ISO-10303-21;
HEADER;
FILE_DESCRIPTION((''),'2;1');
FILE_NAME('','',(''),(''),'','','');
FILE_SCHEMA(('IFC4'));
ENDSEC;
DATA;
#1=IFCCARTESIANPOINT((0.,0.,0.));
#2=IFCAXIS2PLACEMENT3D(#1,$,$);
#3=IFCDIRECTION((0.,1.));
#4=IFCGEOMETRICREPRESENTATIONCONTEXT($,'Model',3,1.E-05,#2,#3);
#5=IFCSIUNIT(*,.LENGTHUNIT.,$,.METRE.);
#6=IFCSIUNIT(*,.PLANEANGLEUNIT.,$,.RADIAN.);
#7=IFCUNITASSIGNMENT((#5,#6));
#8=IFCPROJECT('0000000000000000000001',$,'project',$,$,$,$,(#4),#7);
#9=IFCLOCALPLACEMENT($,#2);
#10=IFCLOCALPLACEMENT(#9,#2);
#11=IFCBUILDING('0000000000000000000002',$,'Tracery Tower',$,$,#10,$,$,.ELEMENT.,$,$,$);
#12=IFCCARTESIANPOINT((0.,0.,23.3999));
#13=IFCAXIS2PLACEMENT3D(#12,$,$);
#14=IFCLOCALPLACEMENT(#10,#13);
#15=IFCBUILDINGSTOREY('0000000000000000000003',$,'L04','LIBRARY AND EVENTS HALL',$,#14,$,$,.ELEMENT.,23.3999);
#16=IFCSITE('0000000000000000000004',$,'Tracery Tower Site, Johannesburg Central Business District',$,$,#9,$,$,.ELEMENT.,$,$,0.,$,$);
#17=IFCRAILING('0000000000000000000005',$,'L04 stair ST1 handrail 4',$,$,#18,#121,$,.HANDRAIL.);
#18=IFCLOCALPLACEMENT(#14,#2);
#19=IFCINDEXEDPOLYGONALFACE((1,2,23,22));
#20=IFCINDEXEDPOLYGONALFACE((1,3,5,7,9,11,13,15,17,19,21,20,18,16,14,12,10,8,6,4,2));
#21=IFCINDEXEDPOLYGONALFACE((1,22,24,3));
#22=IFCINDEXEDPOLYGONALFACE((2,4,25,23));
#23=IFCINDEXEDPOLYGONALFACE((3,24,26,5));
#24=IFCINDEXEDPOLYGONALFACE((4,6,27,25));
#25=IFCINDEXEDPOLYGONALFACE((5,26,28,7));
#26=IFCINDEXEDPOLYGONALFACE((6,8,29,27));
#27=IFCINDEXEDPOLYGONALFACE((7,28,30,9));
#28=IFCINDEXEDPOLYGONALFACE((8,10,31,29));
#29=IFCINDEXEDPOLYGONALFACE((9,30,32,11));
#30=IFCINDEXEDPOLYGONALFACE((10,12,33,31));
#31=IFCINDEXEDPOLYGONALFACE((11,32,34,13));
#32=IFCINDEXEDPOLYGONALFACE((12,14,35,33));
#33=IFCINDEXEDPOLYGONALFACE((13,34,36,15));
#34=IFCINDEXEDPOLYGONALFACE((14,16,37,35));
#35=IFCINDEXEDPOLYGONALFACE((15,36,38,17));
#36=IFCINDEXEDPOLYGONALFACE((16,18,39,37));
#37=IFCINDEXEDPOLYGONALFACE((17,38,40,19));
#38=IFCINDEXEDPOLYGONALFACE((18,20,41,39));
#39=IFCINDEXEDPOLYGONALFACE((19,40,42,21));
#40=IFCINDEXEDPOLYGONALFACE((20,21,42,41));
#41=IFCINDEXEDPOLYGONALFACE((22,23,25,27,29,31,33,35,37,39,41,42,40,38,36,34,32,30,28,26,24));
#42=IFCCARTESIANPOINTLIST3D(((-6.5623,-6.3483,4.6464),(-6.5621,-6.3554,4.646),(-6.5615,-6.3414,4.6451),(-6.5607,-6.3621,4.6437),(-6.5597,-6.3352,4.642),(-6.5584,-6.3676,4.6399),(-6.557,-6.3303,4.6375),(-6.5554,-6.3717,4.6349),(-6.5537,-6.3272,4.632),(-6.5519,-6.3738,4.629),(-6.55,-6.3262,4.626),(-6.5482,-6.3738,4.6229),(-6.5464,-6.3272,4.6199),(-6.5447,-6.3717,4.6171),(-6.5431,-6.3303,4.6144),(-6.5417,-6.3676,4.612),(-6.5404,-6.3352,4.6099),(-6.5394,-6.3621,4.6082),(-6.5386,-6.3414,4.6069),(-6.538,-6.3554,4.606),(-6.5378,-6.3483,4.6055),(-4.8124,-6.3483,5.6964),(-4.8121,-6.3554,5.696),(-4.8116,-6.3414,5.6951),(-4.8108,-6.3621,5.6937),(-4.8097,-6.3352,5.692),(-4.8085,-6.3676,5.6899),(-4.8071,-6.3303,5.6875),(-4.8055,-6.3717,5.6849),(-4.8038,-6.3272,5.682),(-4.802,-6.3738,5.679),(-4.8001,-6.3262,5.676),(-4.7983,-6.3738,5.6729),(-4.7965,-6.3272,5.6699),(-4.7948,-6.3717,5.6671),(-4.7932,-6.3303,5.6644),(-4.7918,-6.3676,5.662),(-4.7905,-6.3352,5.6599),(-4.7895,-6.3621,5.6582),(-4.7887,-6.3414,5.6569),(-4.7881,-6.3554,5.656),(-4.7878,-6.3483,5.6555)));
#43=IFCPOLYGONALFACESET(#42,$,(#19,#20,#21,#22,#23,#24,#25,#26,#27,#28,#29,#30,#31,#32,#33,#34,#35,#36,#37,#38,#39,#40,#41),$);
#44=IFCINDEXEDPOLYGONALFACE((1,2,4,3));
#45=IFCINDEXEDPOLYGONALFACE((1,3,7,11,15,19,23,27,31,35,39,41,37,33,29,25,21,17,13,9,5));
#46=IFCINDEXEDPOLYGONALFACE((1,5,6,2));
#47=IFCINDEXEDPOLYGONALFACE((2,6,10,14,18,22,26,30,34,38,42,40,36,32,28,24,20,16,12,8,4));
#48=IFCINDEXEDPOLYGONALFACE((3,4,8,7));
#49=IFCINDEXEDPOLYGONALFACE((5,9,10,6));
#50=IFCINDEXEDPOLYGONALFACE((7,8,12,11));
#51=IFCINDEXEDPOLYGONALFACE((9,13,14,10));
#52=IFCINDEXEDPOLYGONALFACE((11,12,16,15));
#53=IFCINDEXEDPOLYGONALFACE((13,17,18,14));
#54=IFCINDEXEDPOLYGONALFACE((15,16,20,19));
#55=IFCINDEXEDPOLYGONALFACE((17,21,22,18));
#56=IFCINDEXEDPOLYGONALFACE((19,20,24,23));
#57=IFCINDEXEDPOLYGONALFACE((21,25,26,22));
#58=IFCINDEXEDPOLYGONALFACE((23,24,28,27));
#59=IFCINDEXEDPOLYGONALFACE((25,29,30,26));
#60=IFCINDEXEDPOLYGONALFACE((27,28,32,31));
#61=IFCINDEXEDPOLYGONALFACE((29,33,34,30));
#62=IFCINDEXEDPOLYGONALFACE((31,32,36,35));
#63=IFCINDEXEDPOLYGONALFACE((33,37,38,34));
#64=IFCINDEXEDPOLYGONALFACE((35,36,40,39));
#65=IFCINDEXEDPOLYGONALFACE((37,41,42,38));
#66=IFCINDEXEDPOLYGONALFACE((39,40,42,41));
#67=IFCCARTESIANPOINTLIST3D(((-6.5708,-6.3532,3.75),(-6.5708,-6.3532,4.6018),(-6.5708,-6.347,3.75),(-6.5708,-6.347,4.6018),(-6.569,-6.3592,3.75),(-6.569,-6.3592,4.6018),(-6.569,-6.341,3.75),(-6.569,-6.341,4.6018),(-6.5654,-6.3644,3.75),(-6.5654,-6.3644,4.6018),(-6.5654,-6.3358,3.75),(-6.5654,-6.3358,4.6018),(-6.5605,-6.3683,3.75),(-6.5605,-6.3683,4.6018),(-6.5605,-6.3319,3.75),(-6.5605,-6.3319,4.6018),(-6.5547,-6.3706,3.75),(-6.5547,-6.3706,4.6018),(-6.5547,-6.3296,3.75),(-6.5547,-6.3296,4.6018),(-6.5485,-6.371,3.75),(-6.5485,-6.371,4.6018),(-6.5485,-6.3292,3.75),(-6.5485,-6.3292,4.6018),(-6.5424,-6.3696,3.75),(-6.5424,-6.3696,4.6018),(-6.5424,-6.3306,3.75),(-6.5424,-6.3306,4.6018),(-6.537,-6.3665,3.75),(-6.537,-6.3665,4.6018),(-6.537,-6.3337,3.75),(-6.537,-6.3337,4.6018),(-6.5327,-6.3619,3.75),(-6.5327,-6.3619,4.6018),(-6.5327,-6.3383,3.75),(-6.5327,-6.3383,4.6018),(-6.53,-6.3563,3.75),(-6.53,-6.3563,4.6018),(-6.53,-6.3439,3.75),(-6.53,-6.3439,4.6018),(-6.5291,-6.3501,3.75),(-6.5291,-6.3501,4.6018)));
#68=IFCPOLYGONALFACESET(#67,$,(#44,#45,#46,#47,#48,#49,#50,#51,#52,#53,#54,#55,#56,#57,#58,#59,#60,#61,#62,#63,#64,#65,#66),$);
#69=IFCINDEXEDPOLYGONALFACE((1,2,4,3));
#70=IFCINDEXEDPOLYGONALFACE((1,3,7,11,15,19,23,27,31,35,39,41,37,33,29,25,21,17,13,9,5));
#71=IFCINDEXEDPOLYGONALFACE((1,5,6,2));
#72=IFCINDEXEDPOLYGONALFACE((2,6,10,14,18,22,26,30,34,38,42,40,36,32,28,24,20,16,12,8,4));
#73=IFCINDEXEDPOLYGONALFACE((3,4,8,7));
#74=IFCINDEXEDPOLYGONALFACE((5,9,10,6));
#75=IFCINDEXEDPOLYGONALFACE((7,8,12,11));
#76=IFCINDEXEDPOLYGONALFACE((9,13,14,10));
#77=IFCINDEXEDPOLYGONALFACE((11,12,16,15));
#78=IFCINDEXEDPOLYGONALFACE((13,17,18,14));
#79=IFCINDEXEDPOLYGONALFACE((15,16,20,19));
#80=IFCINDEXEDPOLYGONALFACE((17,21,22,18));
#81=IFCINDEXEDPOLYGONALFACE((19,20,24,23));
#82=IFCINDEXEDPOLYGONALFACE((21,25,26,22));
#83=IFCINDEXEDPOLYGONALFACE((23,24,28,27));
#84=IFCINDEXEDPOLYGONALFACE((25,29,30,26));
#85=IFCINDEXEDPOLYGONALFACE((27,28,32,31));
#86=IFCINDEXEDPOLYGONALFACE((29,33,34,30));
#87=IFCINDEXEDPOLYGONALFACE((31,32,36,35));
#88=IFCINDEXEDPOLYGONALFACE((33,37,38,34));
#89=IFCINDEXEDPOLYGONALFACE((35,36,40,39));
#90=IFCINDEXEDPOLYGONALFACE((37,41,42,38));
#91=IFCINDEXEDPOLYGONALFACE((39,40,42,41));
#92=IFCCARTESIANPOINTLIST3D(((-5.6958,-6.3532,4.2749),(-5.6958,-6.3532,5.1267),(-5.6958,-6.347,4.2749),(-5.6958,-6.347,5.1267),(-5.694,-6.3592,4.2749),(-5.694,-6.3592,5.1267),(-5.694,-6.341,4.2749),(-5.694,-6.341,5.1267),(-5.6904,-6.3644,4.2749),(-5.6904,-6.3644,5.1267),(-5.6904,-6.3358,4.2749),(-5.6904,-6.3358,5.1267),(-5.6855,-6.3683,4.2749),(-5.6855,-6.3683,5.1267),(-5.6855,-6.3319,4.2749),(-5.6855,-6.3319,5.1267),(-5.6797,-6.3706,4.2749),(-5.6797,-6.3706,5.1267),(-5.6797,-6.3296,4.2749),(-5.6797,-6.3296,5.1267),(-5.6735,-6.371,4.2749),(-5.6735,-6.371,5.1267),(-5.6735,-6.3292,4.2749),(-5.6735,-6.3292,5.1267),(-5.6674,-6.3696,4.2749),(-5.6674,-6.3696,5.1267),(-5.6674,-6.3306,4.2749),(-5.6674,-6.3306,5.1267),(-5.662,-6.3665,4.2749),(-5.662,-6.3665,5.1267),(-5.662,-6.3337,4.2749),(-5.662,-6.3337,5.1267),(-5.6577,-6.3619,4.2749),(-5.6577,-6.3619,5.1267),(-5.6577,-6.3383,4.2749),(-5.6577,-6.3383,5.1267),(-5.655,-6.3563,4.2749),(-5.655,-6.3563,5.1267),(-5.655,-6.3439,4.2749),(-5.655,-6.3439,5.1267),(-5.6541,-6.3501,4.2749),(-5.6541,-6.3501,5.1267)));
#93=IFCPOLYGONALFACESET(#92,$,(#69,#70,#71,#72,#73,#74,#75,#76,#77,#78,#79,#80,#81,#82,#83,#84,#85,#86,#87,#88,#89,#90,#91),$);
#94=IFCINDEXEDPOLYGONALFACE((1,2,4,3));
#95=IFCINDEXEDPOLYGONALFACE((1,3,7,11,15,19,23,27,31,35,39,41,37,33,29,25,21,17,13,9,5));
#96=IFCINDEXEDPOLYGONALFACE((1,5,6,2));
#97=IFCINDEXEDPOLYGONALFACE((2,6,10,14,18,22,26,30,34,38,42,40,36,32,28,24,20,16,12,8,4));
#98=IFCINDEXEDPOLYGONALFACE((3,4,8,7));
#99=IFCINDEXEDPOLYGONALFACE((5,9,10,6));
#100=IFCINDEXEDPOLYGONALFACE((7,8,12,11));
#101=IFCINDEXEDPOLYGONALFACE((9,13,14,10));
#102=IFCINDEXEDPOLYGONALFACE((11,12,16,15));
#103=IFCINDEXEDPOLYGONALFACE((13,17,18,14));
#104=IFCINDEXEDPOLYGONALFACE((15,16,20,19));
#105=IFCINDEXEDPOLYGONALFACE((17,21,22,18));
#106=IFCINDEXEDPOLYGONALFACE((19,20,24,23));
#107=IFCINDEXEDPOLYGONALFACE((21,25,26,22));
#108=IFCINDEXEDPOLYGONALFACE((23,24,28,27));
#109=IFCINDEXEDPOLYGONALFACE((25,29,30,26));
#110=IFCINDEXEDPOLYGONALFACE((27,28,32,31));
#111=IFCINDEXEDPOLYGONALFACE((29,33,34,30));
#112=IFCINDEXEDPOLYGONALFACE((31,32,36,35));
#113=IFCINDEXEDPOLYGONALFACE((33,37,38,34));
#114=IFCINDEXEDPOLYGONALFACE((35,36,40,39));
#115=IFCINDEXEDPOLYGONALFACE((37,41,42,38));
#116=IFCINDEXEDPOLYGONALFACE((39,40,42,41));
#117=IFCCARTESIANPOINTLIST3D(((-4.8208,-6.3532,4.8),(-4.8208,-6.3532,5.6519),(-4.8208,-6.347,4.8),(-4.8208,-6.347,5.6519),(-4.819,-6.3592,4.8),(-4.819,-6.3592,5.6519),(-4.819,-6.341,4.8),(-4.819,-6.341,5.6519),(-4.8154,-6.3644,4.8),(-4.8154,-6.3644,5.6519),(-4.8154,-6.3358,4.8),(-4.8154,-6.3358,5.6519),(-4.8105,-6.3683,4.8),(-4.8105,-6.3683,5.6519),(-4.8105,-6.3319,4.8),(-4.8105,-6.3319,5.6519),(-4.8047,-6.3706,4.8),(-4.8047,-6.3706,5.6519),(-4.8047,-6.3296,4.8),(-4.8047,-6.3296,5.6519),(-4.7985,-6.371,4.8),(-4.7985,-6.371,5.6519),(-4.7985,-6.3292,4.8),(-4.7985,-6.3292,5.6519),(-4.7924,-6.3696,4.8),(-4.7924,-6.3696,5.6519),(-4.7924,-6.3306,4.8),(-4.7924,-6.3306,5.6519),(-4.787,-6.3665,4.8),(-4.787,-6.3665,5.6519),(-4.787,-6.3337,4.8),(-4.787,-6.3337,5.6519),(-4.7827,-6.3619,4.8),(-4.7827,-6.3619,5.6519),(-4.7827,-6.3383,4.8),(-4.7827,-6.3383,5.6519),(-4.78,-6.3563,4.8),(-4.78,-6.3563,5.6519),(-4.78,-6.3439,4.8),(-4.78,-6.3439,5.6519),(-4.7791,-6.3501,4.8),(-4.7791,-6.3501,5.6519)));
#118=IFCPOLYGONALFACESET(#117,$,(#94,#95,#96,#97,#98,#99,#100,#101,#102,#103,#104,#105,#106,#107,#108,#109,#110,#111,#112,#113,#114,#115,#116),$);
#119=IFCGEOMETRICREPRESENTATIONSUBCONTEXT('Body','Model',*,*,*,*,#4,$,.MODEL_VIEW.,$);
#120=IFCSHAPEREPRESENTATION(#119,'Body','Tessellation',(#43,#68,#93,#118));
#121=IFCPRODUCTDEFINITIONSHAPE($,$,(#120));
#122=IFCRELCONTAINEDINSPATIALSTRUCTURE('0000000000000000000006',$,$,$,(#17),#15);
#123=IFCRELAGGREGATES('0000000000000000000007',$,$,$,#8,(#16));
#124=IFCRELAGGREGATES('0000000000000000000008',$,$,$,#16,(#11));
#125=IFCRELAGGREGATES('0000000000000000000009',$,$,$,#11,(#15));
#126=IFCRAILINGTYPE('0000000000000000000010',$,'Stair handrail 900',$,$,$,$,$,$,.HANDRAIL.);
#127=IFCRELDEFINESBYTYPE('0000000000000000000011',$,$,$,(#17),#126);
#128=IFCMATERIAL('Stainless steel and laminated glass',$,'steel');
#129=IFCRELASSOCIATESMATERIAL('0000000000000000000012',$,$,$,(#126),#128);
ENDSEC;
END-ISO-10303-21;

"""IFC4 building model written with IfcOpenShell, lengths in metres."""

from ifc_helpers import new_model, si_unit, direction, frame, origin, origin_2d, place, context, subcontext, project, spatial, circle, extrude, material, type_object, element, save


model = new_model("IFC4")

# Units and contexts
model_context = context("Model", 3, precision=1e-05, world=origin(), true_north=direction((0.0, 1.0)))
body_context = subcontext(model_context, "Body", "Model", "MODEL_VIEW")
ifc_project = project(units=[si_unit("LENGTHUNIT", "METRE"), si_unit("PLANEANGLEUNIT", "RADIAN")], contexts=[model_context])

# Site, building, storey
site_placement = place(None, origin())
site = spatial("IfcSite", under=ifc_project, at=site_placement, Name="Tracery Tower Site, Johannesburg Central Business District", CompositionType="ELEMENT", RefElevation=0.0)
building_placement = place(site_placement, origin())
building = spatial("IfcBuilding", under=site, at=building_placement, Name="Tracery Tower", CompositionType="ELEMENT")
storey_placement = place(building_placement, frame((0.0, 0.0, 23.3999)))
storey = spatial("IfcBuildingStorey", under=building, at=storey_placement, Name="L04", Description="LIBRARY AND EVENTS HALL", CompositionType="ELEMENT", Elevation=23.3999)

# Railing
ifc_material_1 = material(Name="Stainless steel and laminated glass", Category="steel")
railing_type_1 = type_object("IfcRailingType", Name="Stair handrail 900", PredefinedType="HANDRAIL", material=ifc_material_1)
railing_1_placement = place(storey_placement, frame((-6.55, -6.3501, 3.75)))
element("IfcRailing", 1, at=railing_1_placement, inside=storey, type_object=railing_type_1, Name="L04 stair ST1 handrail 4", PredefinedType="HANDRAIL", context=body_context, shape_type="SweptSolid", body=[
    extrude(circle(Radius=0.0239, at=origin_2d()), frame((0.0, 0.0, 0.876), z_axis=(0.857482, 0.0, 0.514513), x_axis=(0.0, 1.0, 0.0)), (0.0, 0.0, 1.0), 2.0408),
    extrude(circle(Radius=0.021, at=origin_2d()), origin(), (0.0, 0.0, 1.0), 0.8518),
    extrude(circle(Radius=0.021, at=origin_2d()), frame((0.875, 0.0, 0.5249)), (0.0, 0.0, 1.0), 0.8518),
    extrude(circle(Radius=0.021, at=origin_2d()), frame((1.75, 0.0, 1.05)), (0.0, 0.0, 1.0), 0.8518),
])

save(model, "model.ifc")
